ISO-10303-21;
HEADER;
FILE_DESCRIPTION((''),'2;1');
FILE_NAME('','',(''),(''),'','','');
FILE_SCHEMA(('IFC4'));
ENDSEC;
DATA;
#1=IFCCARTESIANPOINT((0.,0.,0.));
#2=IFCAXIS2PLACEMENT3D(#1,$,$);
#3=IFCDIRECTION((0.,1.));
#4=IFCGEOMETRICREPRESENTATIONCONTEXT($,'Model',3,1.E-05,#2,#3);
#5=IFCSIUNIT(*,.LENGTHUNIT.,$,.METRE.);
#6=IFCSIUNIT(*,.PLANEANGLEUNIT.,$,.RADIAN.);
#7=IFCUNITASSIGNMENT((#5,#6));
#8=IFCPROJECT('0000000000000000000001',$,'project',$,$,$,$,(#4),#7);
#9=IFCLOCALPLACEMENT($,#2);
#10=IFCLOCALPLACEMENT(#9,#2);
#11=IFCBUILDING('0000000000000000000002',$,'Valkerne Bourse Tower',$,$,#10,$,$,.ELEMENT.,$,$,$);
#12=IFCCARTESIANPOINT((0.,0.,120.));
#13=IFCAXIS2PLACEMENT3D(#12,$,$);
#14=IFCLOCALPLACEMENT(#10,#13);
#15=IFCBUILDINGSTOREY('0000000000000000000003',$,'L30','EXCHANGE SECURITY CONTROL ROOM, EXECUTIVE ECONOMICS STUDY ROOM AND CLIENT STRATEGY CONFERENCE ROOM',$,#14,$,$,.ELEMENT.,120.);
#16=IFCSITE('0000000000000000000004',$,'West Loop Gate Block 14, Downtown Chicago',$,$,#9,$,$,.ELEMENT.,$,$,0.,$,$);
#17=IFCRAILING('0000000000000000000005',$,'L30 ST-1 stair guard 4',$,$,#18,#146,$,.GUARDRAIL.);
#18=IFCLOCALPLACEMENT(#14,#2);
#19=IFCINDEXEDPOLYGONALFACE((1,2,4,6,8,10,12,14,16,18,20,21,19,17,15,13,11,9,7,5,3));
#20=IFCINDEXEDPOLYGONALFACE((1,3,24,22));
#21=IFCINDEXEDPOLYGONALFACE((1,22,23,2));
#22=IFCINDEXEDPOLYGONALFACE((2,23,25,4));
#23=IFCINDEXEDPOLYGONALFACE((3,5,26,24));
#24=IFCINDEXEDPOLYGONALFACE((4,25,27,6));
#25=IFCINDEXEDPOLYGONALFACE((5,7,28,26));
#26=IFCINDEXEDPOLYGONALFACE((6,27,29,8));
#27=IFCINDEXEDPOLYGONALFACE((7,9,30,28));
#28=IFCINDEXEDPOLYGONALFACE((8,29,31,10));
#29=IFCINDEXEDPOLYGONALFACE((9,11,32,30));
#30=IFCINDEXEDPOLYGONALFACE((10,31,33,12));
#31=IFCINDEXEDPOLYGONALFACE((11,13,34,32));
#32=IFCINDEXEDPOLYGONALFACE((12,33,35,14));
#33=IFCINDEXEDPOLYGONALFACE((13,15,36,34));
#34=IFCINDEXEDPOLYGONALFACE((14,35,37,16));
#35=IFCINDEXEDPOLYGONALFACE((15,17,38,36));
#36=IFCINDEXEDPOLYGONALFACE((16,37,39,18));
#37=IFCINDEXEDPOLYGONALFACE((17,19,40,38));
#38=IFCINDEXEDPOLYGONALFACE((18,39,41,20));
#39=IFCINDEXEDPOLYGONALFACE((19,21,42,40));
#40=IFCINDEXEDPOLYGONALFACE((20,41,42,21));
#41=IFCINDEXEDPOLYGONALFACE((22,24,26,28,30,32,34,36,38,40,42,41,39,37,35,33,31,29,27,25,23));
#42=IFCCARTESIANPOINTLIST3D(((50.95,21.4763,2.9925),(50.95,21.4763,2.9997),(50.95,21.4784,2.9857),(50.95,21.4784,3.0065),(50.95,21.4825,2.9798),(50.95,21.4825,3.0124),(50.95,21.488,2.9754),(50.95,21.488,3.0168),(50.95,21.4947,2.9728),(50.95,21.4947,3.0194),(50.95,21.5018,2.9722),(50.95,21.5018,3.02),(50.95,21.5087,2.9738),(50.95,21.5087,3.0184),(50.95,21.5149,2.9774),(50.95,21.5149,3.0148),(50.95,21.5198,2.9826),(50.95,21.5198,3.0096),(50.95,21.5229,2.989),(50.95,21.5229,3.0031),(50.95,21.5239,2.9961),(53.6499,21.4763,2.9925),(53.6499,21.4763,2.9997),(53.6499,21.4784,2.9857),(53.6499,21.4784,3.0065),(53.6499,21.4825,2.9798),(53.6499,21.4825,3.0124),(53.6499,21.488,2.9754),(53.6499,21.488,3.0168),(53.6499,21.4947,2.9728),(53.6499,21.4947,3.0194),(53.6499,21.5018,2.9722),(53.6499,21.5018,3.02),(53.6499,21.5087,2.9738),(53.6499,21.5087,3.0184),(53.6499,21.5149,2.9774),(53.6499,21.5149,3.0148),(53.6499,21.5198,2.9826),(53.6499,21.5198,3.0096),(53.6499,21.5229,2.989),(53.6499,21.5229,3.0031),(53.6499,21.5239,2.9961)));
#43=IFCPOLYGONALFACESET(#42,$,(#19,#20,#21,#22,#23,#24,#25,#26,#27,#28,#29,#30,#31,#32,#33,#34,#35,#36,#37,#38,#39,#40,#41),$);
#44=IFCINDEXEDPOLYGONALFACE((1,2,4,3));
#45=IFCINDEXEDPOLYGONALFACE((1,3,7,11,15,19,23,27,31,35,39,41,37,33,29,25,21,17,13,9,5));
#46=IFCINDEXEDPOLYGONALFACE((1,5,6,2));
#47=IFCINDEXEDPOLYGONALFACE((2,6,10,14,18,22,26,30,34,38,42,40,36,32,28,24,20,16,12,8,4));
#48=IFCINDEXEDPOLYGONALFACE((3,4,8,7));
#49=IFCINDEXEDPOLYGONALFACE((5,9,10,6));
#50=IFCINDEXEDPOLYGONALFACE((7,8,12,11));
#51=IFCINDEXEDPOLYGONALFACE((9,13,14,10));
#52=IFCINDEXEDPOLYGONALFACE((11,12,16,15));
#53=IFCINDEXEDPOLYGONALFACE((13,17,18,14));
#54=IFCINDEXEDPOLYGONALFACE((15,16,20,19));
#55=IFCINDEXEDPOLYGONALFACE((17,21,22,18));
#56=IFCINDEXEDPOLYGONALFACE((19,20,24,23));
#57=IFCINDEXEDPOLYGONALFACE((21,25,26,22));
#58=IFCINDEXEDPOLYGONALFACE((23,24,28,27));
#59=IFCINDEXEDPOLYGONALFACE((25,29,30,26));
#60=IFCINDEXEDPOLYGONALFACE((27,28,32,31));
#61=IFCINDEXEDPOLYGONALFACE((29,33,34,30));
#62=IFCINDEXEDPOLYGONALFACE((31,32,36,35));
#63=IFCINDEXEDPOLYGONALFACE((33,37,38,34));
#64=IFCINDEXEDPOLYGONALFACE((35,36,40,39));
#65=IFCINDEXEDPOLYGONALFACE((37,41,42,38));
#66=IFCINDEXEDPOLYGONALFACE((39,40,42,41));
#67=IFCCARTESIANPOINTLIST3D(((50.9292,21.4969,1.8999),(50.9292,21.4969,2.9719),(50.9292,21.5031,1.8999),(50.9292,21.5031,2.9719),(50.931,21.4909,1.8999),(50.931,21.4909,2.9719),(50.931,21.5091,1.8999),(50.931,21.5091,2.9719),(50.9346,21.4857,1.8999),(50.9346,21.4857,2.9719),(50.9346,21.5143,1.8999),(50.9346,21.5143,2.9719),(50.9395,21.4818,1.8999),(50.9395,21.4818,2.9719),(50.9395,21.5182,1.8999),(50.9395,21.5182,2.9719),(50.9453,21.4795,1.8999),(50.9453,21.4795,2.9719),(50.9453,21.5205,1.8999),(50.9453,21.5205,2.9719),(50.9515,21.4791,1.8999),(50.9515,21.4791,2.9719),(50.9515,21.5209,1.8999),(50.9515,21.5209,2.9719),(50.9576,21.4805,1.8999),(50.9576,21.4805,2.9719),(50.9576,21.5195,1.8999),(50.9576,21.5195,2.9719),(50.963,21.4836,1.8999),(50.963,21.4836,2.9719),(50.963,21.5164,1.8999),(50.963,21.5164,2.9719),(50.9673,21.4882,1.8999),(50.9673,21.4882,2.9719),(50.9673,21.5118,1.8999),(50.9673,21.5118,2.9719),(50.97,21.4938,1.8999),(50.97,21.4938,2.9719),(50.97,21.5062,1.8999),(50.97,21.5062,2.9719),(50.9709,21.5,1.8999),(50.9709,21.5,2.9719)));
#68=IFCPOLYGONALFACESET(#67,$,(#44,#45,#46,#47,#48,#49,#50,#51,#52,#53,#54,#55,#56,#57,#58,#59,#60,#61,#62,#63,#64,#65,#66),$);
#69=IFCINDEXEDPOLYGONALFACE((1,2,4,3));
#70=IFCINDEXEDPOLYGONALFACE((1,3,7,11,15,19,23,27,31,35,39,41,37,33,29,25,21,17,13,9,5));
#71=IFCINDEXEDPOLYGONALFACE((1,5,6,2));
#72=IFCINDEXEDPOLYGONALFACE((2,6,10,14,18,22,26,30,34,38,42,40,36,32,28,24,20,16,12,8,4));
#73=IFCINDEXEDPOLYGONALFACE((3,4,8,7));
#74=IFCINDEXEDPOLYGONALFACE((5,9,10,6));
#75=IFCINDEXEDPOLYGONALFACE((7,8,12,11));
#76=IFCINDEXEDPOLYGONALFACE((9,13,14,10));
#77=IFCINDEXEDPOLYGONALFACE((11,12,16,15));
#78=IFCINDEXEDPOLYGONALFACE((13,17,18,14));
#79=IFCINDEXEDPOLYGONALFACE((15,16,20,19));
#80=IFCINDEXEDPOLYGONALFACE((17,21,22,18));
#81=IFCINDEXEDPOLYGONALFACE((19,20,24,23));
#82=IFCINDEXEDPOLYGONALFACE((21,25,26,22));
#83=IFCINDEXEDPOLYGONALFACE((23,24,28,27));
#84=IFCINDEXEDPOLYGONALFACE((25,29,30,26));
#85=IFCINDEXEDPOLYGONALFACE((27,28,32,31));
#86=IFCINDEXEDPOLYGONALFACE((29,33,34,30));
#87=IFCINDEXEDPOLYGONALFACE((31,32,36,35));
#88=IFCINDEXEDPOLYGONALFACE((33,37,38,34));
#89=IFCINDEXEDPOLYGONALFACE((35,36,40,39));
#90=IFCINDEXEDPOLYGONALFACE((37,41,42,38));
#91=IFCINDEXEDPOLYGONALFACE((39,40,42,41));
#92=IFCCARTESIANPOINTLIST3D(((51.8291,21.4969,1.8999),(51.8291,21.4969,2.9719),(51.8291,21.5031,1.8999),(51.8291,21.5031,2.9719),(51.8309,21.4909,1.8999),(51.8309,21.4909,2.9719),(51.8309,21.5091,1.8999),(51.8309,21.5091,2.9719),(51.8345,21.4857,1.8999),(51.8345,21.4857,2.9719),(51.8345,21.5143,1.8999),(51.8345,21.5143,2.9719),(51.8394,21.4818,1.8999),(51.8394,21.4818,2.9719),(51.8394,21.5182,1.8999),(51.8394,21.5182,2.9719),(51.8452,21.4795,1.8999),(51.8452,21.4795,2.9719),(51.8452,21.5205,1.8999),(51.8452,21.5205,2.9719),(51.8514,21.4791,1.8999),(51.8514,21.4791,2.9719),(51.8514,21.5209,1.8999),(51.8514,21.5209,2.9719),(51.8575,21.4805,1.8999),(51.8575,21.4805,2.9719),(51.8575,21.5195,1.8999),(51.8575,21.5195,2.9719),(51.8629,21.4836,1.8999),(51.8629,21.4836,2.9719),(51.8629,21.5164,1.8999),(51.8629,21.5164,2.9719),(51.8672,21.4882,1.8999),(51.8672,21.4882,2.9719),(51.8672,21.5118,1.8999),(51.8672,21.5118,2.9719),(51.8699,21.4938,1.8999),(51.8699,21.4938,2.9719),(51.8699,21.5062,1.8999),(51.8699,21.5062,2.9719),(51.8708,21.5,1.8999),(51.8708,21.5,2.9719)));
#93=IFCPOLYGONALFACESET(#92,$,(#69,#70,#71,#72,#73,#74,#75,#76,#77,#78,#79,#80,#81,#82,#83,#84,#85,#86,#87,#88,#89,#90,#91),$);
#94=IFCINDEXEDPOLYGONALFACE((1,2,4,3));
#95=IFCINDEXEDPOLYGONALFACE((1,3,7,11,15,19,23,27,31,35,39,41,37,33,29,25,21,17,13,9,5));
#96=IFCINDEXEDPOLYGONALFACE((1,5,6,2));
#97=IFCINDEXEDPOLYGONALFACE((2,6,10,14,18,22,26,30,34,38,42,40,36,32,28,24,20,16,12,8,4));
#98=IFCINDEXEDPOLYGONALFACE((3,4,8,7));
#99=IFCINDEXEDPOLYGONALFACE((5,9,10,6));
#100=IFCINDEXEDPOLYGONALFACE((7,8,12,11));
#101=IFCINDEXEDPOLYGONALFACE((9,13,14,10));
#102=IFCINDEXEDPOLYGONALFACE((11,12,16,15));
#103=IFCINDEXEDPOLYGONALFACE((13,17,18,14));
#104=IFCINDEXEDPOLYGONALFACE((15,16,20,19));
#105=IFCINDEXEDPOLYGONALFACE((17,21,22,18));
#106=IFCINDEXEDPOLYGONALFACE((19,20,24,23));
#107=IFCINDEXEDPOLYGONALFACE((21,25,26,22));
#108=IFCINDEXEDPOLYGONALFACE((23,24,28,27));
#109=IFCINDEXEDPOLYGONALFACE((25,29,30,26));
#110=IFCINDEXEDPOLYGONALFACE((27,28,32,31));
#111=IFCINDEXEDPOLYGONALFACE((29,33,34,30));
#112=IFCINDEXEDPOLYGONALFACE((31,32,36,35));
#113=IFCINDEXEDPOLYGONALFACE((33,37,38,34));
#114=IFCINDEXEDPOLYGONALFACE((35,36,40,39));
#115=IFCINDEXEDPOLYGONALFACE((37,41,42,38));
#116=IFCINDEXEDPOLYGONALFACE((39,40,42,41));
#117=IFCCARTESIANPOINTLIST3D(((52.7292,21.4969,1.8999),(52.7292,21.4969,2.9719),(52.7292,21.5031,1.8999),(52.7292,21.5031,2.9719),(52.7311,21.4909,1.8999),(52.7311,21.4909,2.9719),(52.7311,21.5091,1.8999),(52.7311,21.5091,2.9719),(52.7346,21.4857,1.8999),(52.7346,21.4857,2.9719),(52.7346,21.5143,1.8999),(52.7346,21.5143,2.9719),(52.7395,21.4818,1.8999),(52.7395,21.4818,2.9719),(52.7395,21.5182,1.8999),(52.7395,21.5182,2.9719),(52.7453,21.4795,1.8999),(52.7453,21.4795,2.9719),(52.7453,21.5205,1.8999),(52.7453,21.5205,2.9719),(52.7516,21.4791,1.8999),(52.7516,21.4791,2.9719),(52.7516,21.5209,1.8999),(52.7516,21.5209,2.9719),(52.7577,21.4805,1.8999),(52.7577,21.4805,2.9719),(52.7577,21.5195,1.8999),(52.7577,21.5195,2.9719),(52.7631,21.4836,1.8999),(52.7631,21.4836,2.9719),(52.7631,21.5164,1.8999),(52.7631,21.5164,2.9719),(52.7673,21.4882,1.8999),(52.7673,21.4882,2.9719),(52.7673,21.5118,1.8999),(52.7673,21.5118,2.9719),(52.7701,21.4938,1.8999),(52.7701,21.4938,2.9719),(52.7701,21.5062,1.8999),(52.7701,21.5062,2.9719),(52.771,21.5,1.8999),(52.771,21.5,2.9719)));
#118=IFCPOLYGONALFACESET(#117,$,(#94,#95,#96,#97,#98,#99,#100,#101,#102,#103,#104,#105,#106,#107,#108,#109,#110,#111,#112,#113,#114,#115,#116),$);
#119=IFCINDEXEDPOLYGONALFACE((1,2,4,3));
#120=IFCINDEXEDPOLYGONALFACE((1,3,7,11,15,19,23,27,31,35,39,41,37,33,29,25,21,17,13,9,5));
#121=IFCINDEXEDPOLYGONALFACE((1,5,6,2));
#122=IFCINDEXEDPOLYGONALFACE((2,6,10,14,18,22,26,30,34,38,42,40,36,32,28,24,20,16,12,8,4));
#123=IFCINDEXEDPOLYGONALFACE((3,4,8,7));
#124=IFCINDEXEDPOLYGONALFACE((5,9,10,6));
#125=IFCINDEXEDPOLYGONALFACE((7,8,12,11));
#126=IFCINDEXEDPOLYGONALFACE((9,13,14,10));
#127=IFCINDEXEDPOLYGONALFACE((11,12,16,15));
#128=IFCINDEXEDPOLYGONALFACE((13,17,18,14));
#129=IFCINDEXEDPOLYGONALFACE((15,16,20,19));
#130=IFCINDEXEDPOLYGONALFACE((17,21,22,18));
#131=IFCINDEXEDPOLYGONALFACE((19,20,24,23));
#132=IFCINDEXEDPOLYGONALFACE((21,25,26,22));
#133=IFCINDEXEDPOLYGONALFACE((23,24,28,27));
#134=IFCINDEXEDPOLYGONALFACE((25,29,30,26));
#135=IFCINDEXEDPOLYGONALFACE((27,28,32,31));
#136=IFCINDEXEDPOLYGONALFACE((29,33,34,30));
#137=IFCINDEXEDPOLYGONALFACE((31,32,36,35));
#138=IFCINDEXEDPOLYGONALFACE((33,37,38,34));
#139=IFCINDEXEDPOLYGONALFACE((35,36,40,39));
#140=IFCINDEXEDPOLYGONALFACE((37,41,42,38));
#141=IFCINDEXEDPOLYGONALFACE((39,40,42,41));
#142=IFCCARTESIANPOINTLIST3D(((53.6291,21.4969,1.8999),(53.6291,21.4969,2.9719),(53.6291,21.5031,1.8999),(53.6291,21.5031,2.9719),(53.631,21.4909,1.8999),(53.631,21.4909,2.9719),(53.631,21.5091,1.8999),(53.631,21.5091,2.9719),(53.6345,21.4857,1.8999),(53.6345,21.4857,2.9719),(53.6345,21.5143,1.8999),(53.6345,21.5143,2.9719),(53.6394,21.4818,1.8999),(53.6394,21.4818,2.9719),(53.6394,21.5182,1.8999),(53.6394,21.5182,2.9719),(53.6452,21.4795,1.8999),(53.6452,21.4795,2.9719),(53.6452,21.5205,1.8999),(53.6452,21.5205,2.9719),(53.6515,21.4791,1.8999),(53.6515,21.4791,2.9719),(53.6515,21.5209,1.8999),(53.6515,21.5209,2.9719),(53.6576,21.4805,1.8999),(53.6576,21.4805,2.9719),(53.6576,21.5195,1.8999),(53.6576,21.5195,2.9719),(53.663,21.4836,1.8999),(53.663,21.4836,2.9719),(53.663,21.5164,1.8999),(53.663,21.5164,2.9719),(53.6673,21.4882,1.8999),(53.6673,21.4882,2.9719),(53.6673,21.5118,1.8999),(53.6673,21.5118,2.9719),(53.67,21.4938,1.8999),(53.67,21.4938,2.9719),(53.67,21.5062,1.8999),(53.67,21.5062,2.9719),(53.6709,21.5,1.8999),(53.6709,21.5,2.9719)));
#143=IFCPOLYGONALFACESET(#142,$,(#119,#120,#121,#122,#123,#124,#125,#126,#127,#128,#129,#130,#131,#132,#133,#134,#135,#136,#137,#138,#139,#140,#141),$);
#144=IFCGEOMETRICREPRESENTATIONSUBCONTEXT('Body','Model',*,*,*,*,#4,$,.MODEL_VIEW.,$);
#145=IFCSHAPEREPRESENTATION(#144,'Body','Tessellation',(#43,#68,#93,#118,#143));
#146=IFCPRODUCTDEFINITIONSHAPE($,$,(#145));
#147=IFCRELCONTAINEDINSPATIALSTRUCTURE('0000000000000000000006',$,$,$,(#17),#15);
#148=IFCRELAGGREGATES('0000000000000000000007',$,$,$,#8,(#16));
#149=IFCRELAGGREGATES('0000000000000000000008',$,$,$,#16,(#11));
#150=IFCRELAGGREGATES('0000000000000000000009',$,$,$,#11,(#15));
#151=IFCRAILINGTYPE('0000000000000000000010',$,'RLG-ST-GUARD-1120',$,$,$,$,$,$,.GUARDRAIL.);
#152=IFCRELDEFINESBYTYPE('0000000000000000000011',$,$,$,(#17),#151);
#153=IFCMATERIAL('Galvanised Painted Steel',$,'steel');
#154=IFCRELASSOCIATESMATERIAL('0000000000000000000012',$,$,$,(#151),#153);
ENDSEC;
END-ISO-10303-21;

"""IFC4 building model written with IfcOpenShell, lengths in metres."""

from ifc_helpers import new_model, si_unit, direction, frame, origin, origin_2d, place, context, subcontext, project, spatial, circle, extrude, material, type_object, element, save


model = new_model("IFC4")

# Units and contexts
model_context = context("Model", 3, precision=1e-05, world=origin(), true_north=direction((0.0, 1.0)))
body_context = subcontext(model_context, "Body", "Model", "MODEL_VIEW")
ifc_project = project(units=[si_unit("LENGTHUNIT", "METRE"), si_unit("PLANEANGLEUNIT", "RADIAN")], contexts=[model_context])

# Site, building, storey
site_placement = place(None, origin())
site = spatial("IfcSite", under=ifc_project, at=site_placement, Name="West Loop Gate Block 14, Downtown Chicago", CompositionType="ELEMENT", RefElevation=0.0)
building_placement = place(site_placement, origin())
building = spatial("IfcBuilding", under=site, at=building_placement, Name="Valkerne Bourse Tower", CompositionType="ELEMENT")
storey_placement = place(building_placement, frame((0.0, 0.0, 120.0)))
storey = spatial("IfcBuildingStorey", under=building, at=storey_placement, Name="L30", Description="EXCHANGE SECURITY CONTROL ROOM, EXECUTIVE ECONOMICS STUDY ROOM AND CLIENT STRATEGY CONFERENCE ROOM", CompositionType="ELEMENT", Elevation=120.0)

# Shared definitions
ifc_material_1 = material(Name="Galvanised Painted Steel", Category="steel")

# Railing
railing_type_1 = type_object("IfcRailingType", Name="RLG-ST-GUARD-1120", PredefinedType="GUARDRAIL", material=ifc_material_1)
for number, where, name in (
    (1, (50.95, 21.5, 1.8999), "L30 ST-1 stair guard 4"),
):
    element("IfcRailing", number, at=place(storey_placement, frame(where)), inside=storey, type_object=railing_type_1, Name=name, PredefinedType="GUARDRAIL", context=body_context, shape_type="SweptSolid", body=[
        extrude(circle(Radius=0.0239, at=origin_2d()), frame((0.0, 0.0, 1.0962), z_axis=(1.0, 0.0, 0.0), x_axis=(0.0, 1.0, 0.0)), (0.0, 0.0, 1.0), 2.7),
        extrude(circle(Radius=0.021, at=origin_2d()), origin(), (0.0, 0.0, 1.0), 1.072),
        extrude(circle(Radius=0.021, at=origin_2d()), frame((0.8999, 0.0, 0.0)), (0.0, 0.0, 1.0), 1.072),
        extrude(circle(Radius=0.021, at=origin_2d()), frame((1.8, 0.0, 0.0)), (0.0, 0.0, 1.0), 1.072),
        extrude(circle(Radius=0.021, at=origin_2d()), frame((2.7, 0.0, 0.0)), (0.0, 0.0, 1.0), 1.072),
    ])

save(model, "model.ifc")
